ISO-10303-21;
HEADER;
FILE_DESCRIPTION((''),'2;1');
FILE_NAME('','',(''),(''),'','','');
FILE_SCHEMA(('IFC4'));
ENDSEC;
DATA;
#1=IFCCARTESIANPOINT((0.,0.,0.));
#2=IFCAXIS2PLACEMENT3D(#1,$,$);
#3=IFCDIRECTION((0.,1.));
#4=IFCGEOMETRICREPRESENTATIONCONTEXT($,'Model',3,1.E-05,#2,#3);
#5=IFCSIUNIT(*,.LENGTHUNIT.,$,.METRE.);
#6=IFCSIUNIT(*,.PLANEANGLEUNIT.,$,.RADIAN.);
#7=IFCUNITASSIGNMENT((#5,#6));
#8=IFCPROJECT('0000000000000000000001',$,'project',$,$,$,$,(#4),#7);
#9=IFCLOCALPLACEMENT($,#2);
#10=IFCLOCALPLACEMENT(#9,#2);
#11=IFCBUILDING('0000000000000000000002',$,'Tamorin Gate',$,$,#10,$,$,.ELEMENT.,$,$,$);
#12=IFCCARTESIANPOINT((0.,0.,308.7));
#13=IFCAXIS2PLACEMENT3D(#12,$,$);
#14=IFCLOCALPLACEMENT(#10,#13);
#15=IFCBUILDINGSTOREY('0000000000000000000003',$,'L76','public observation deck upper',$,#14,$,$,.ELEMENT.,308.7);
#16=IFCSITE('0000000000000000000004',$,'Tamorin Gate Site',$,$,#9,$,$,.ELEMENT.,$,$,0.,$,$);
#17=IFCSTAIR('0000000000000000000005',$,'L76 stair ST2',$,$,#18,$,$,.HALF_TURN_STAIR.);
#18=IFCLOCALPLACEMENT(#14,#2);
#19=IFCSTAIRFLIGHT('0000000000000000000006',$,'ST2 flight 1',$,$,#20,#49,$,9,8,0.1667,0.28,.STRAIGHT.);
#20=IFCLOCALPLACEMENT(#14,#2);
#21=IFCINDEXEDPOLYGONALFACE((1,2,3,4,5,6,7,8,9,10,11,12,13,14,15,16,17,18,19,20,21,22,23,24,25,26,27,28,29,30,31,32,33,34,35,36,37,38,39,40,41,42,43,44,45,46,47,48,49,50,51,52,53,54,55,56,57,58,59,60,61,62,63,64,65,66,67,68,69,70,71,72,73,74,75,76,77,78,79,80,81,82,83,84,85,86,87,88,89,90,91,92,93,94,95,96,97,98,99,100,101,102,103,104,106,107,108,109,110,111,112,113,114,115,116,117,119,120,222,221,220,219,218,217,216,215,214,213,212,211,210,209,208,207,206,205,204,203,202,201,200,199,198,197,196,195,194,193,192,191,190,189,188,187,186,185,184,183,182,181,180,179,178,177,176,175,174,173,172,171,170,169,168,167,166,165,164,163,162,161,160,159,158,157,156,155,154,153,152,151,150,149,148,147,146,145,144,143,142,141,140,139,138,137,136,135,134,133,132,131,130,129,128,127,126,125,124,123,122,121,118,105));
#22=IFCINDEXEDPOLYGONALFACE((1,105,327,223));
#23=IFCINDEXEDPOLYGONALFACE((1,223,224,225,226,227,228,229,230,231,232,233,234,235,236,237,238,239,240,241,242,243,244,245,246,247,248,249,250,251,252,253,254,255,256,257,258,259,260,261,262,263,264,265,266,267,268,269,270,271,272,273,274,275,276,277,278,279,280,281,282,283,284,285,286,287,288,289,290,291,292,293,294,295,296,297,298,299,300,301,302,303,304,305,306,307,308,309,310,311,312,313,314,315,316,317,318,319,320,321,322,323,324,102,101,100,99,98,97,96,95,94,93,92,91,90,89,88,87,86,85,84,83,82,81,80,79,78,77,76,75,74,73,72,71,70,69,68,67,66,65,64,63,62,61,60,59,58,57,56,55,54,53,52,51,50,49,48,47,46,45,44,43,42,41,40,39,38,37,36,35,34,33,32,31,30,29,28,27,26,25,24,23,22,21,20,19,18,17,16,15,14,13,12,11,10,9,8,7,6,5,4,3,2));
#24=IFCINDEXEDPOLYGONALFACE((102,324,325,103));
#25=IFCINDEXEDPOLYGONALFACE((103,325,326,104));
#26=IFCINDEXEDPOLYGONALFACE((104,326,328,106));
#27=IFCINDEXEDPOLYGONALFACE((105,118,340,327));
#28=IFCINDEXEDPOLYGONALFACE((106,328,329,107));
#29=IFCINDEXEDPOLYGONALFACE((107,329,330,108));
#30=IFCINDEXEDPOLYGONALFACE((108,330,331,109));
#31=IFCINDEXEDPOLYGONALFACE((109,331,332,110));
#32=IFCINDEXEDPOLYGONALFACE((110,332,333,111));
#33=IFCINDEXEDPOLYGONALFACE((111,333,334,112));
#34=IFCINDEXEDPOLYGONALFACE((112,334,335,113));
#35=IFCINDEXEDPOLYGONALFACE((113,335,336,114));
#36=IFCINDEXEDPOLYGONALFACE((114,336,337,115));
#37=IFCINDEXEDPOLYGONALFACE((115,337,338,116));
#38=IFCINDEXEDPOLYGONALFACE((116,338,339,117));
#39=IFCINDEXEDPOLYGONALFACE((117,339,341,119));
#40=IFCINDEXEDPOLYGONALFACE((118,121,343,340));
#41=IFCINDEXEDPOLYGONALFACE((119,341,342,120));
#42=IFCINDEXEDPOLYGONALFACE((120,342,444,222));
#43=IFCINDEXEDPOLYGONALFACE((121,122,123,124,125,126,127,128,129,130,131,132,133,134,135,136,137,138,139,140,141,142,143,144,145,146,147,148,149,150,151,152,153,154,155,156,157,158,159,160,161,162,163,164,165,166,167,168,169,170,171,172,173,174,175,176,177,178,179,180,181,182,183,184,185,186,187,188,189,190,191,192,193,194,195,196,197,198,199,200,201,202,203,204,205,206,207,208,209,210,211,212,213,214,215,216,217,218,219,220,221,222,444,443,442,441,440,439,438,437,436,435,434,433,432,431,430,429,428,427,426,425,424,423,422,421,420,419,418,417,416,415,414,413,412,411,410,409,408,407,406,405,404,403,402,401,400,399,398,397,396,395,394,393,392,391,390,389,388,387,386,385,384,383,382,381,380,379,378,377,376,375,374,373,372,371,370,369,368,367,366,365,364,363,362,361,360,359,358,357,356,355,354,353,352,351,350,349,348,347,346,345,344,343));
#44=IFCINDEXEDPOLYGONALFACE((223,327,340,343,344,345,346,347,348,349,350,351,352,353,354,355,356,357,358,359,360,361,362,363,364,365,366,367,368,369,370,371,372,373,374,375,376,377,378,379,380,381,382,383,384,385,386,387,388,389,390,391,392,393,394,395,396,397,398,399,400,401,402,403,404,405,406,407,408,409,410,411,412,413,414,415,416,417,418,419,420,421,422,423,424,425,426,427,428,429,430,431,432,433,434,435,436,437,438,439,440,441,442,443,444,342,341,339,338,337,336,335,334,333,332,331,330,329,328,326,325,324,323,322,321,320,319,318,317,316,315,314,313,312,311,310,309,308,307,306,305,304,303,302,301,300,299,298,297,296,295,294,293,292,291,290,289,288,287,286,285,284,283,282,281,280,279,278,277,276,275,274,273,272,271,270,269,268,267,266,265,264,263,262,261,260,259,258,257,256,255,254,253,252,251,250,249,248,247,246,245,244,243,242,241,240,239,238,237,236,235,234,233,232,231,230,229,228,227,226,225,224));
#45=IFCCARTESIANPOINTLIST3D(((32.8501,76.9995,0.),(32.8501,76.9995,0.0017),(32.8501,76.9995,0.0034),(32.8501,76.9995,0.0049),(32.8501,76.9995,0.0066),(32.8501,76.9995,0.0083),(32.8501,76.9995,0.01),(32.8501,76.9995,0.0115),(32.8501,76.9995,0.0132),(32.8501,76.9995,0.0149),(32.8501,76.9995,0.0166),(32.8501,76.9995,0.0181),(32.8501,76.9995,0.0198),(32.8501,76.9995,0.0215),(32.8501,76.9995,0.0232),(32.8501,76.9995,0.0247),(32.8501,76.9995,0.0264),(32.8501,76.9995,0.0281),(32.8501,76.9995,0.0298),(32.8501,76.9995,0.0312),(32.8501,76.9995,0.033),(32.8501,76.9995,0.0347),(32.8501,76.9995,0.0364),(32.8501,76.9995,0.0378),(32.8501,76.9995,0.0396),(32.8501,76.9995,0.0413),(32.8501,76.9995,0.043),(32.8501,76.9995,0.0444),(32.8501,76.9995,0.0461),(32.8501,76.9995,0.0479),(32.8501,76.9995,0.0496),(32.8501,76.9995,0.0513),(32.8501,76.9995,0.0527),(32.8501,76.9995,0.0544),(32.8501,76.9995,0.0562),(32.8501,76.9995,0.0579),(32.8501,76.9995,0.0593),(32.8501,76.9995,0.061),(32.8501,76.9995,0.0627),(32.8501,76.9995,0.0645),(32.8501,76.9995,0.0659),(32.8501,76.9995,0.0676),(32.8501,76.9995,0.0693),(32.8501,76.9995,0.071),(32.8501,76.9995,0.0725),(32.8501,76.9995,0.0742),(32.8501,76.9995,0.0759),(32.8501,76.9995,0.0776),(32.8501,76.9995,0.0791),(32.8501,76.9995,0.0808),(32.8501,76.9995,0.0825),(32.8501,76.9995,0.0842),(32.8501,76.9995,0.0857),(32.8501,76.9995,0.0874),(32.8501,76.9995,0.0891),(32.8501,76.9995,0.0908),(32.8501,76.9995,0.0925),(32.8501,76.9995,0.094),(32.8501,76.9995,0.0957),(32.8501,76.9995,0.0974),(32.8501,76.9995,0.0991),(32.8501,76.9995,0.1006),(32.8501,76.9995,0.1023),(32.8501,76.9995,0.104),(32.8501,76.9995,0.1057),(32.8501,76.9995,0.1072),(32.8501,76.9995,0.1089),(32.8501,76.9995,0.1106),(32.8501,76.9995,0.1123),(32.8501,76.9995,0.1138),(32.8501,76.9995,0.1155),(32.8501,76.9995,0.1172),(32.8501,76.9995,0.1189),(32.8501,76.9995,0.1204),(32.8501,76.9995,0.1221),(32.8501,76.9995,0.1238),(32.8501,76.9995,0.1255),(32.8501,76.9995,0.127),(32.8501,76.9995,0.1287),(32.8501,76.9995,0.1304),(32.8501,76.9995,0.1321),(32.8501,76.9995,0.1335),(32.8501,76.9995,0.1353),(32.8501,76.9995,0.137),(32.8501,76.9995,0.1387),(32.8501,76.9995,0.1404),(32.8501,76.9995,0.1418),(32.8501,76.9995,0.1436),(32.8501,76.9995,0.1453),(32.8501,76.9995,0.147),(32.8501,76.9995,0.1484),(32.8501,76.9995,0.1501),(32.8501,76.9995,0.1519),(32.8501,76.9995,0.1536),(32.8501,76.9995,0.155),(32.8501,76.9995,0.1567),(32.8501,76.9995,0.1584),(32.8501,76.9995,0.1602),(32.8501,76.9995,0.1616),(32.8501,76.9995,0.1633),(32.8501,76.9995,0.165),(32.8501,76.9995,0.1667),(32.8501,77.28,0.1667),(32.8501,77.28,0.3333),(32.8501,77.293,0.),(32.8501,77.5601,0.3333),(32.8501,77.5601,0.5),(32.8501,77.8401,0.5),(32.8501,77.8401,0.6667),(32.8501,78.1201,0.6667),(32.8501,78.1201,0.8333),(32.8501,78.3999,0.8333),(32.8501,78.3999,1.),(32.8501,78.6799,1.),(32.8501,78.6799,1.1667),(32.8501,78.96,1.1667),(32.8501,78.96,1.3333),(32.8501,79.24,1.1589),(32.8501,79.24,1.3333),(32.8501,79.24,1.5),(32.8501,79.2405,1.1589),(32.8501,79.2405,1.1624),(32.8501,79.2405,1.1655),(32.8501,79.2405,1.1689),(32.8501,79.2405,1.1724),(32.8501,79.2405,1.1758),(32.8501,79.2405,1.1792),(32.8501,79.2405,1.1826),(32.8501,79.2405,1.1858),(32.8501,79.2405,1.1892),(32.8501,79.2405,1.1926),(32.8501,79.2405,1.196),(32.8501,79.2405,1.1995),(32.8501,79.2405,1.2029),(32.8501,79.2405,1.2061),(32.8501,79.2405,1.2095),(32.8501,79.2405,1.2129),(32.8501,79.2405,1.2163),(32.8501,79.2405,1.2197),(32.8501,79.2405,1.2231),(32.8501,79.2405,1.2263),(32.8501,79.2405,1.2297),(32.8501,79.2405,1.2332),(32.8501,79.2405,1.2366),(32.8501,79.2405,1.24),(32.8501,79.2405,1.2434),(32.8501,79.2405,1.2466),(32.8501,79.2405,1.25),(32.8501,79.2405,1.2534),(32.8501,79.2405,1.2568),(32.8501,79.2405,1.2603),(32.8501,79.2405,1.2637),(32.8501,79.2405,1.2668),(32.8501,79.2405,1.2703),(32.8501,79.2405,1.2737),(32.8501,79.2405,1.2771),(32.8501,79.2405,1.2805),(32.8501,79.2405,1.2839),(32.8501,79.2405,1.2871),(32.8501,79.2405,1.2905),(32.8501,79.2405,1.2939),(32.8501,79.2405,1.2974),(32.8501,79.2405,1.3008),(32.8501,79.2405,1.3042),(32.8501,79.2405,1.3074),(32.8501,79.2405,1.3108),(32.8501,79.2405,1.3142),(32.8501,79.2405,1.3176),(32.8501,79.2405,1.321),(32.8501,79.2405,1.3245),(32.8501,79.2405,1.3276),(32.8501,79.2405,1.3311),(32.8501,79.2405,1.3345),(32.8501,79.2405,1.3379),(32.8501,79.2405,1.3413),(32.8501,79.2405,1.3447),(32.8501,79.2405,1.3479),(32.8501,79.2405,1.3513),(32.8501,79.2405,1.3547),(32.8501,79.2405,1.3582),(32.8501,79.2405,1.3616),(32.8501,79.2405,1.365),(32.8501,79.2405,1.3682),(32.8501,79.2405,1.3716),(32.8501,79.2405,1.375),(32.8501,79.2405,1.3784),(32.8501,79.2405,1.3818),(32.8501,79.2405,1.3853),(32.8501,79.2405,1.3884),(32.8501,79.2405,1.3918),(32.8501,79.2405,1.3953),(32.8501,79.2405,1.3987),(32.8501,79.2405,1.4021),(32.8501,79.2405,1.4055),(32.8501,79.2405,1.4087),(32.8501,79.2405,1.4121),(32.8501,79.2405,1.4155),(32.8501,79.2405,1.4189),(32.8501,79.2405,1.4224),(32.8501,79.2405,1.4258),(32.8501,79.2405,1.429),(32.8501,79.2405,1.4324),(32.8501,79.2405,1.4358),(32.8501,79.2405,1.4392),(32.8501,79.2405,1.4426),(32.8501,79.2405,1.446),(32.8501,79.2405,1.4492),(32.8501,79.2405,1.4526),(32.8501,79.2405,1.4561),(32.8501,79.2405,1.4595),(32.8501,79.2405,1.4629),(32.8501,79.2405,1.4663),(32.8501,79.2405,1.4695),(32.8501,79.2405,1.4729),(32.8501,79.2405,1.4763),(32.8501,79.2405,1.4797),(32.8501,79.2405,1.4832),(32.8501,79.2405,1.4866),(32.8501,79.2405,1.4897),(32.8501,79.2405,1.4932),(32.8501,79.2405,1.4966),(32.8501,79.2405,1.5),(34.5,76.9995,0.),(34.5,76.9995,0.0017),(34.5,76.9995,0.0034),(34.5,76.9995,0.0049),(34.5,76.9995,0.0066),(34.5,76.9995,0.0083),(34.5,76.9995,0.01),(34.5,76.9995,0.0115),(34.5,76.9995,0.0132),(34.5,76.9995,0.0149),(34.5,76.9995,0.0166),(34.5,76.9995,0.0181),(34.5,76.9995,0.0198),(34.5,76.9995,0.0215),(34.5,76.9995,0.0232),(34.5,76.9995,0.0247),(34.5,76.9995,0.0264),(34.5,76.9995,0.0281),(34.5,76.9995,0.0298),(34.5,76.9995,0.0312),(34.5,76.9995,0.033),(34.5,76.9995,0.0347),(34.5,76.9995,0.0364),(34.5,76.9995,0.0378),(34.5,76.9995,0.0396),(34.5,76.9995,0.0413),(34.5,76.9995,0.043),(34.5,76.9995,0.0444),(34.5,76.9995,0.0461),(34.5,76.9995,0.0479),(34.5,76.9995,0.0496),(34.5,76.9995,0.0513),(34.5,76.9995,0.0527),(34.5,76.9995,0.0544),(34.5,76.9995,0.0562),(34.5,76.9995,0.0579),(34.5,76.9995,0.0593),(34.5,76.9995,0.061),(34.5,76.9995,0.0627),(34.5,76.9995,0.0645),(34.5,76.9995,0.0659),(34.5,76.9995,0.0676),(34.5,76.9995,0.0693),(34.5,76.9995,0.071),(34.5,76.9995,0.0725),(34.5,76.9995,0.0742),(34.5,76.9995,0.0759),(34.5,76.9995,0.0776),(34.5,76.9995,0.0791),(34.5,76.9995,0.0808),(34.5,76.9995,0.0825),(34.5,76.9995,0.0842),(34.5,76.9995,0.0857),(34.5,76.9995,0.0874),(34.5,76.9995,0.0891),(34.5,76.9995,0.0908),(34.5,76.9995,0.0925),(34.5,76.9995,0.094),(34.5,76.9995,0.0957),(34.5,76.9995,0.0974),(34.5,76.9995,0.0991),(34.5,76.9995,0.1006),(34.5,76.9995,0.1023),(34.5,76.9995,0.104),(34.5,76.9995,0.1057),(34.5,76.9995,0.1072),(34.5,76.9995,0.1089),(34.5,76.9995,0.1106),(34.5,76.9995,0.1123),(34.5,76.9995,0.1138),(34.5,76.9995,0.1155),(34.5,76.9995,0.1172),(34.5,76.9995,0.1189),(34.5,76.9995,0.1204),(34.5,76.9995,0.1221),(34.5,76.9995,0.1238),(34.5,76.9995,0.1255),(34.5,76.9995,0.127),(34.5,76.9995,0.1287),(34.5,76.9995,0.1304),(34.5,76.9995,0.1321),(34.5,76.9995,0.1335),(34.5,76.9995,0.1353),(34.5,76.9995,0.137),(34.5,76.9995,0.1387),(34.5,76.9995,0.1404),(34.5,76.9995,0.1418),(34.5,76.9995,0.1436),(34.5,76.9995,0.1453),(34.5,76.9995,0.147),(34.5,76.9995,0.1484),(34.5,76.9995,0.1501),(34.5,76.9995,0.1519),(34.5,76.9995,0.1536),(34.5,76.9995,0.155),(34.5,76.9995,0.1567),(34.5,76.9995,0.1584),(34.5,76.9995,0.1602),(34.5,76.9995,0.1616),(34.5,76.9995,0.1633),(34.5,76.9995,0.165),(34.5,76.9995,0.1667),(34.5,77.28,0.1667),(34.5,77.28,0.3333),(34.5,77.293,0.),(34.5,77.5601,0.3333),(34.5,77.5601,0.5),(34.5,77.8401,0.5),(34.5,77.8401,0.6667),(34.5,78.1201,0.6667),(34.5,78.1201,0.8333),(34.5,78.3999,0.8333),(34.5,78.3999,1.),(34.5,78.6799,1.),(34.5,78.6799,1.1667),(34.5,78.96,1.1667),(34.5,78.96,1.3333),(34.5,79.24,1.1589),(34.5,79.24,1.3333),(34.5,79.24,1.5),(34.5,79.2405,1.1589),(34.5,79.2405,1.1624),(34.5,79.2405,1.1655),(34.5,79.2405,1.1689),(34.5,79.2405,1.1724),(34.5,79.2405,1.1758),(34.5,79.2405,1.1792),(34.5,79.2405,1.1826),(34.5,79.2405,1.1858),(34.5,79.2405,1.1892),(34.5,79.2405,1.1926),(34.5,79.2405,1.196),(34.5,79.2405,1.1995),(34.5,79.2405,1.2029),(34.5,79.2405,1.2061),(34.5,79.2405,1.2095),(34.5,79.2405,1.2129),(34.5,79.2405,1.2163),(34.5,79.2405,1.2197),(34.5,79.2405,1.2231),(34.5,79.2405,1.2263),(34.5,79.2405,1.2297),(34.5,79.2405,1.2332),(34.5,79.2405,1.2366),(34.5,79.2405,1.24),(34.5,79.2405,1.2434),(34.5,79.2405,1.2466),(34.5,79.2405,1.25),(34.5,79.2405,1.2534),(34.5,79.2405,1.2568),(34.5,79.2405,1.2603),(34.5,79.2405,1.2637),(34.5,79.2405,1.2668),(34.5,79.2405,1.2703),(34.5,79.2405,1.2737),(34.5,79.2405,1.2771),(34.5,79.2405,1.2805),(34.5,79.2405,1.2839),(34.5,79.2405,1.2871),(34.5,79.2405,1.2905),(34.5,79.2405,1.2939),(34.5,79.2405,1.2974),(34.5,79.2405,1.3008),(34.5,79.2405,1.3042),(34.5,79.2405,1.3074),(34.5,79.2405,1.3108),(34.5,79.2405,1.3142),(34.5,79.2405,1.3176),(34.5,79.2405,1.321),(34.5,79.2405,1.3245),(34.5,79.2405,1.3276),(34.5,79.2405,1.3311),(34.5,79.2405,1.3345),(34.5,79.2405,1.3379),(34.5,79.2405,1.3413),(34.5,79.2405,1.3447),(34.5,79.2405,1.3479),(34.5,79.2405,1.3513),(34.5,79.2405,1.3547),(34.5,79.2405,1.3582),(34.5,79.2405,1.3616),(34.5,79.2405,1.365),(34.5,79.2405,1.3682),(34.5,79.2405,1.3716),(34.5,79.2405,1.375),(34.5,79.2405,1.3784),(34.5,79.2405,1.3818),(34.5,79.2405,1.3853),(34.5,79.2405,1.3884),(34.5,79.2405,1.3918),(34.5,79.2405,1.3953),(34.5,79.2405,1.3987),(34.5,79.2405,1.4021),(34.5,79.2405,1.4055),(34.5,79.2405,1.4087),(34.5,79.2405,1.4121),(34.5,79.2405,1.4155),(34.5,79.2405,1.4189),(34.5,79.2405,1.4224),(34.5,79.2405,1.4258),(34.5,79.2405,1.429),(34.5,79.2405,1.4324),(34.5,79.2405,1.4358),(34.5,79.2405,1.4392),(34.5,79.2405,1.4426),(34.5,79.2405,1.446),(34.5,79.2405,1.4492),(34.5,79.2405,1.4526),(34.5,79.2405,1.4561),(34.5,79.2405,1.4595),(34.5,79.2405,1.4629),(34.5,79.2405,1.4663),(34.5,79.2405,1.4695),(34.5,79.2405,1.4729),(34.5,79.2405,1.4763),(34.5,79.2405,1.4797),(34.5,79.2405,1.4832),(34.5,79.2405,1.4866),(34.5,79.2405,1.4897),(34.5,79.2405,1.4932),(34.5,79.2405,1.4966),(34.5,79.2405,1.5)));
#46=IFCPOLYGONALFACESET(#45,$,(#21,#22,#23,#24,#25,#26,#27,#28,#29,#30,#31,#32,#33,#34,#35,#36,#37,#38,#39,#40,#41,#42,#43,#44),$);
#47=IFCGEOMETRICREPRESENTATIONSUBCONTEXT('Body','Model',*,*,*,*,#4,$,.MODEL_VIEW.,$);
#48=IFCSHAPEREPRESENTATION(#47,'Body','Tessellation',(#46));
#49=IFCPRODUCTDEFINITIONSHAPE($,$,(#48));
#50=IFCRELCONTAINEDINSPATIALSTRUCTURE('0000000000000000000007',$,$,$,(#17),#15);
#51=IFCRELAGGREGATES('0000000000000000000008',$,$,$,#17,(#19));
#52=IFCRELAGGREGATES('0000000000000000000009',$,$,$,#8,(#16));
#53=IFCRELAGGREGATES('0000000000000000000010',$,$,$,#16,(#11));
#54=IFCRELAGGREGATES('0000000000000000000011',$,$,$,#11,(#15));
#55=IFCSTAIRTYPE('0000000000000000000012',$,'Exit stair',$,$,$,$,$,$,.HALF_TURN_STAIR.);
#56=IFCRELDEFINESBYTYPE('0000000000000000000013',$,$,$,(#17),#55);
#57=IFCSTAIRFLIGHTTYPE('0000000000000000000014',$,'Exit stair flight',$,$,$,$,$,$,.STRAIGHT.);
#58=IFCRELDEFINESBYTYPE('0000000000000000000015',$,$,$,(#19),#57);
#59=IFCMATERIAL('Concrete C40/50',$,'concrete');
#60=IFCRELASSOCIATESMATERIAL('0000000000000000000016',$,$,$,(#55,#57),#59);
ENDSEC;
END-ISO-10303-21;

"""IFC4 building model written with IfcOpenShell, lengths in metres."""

from ifc_helpers import new_model, si_unit, direction, frame, origin, place, context, subcontext, project, spatial, polyline, outline, extrude, material, type_object, element, aggregate, save


model = new_model("IFC4")

# Units and contexts
model_context = context("Model", 3, precision=1e-05, world=origin(), true_north=direction((0.0, 1.0)))
body_context = subcontext(model_context, "Body", "Model", "MODEL_VIEW")
ifc_project = project(units=[si_unit("LENGTHUNIT", "METRE"), si_unit("PLANEANGLEUNIT", "RADIAN")], contexts=[model_context])

# Site, building, storey
site_placement = place(None, origin())
site = spatial("IfcSite", under=ifc_project, at=site_placement, Name="Tamorin Gate Site", CompositionType="ELEMENT", RefElevation=0.0)
building_placement = place(site_placement, origin())
building = spatial("IfcBuilding", under=site, at=building_placement, Name="Tamorin Gate", CompositionType="ELEMENT")
storey_placement = place(building_placement, frame((0.0, 0.0, 308.7)))
storey = spatial("IfcBuildingStorey", under=building, at=storey_placement, Name="L76", Description="public observation deck upper", CompositionType="ELEMENT", Elevation=308.7)

# Stair, stair flight
ifc_material_1 = material(Name="Concrete C40/50", Category="concrete")
stair_type = type_object("IfcStairType", Name="Exit stair", PredefinedType="HALF_TURN_STAIR", material=ifc_material_1)
stair_placement = place(storey_placement, origin())
stair = element("IfcStair", 1, at=stair_placement, inside=storey, type_object=stair_type, Name="L76 stair ST2", PredefinedType="HALF_TURN_STAIR")
stair_flight_type = type_object("IfcStairFlightType", Name="Exit stair flight", PredefinedType="STRAIGHT", material=ifc_material_1)
stair_flight_1_placement = place(storey_placement, frame((33.675, 77.0, 0.0), z_axis=(0.0, 0.0, 1.0), x_axis=(0.0, 1.0, 0.0)))
stair_flight_1 = element("IfcStairFlight", 2, at=stair_flight_1_placement, type_object=stair_flight_type, Name="ST2 flight 1", NumberOfRisers=9, NumberOfTreads=8, PredefinedType="STRAIGHT", RiserHeight=0.1667, TreadLength=0.28, context=body_context, shape_type="SweptSolid", body=[
    extrude(outline(polyline([(-0.0005, 0.0), (-0.0005, 0.0017), (-0.0005, 0.0034), (-0.0005, 0.0049), (-0.0005, 0.0066), (-0.0005, 0.0083), (-0.0005, 0.01), (-0.0005, 0.0115), (-0.0005, 0.0132), (-0.0005, 0.0149), (-0.0005, 0.0166), (-0.0005, 0.0181), (-0.0005, 0.0198), (-0.0005, 0.0215), (-0.0005, 0.0232), (-0.0005, 0.0247), (-0.0005, 0.0264), (-0.0005, 0.0281), (-0.0005, 0.0298), (-0.0005, 0.0312), (-0.0005, 0.033), (-0.0005, 0.0347), (-0.0005, 0.0364), (-0.0005, 0.0378), (-0.0005, 0.0396), (-0.0005, 0.0413), (-0.0005, 0.043), (-0.0005, 0.0444), (-0.0005, 0.0461), (-0.0005, 0.0479), (-0.0005, 0.0496), (-0.0005, 0.0513), (-0.0005, 0.0527), (-0.0005, 0.0544), (-0.0005, 0.0562), (-0.0005, 0.0579), (-0.0005, 0.0593), (-0.0005, 0.061), (-0.0005, 0.0627), (-0.0005, 0.0645), (-0.0005, 0.0659), (-0.0005, 0.0676), (-0.0005, 0.0693), (-0.0005, 0.071), (-0.0005, 0.0725), (-0.0005, 0.0742), (-0.0005, 0.0759), (-0.0005, 0.0776), (-0.0005, 0.0791), (-0.0005, 0.0808), (-0.0005, 0.0825), (-0.0005, 0.0842), (-0.0005, 0.0857), (-0.0005, 0.0874), (-0.0005, 0.0891), (-0.0005, 0.0908), (-0.0005, 0.0925), (-0.0005, 0.094), (-0.0005, 0.0957), (-0.0005, 0.0974), (-0.0005, 0.0991), (-0.0005, 0.1006), (-0.0005, 0.1023), (-0.0005, 0.104), (-0.0005, 0.1057), (-0.0005, 0.1072), (-0.0005, 0.1089), (-0.0005, 0.1106), (-0.0005, 0.1123), (-0.0005, 0.1138), (-0.0005, 0.1155), (-0.0005, 0.1172), (-0.0005, 0.1189), (-0.0005, 0.1204), (-0.0005, 0.1221), (-0.0005, 0.1238), (-0.0005, 0.1255), (-0.0005, 0.127), (-0.0005, 0.1287), (-0.0005, 0.1304), (-0.0005, 0.1321), (-0.0005, 0.1335), (-0.0005, 0.1353), (-0.0005, 0.137), (-0.0005, 0.1387), (-0.0005, 0.1404), (-0.0005, 0.1418), (-0.0005, 0.1436), (-0.0005, 0.1453), (-0.0005, 0.147), (-0.0005, 0.1484), (-0.0005, 0.1501), (-0.0005, 0.1519), (-0.0005, 0.1536), (-0.0005, 0.155), (-0.0005, 0.1567), (-0.0005, 0.1584), (-0.0005, 0.1602), (-0.0005, 0.1616), (-0.0005, 0.1633), (-0.0005, 0.165), (-0.0005, 0.1667), (0.28, 0.1667), (0.28, 0.3333), (0.5601, 0.3333), (0.5601, 0.5), (0.8401, 0.5), (0.8401, 0.6667), (1.1201, 0.6667), (1.1201, 0.8333), (1.3999, 0.8333), (1.3999, 1.0), (1.6799, 1.0), (1.6799, 1.1667), (1.96, 1.1667), (1.96, 1.3333), (2.24, 1.3333), (2.24, 1.5), (2.2405, 1.5), (2.2405, 1.4966), (2.2405, 1.4932), (2.2405, 1.4897), (2.2405, 1.4866), (2.2405, 1.4832), (2.2405, 1.4797), (2.2405, 1.4763), (2.2405, 1.4729), (2.2405, 1.4695), (2.2405, 1.4663), (2.2405, 1.4629), (2.2405, 1.4595), (2.2405, 1.4561), (2.2405, 1.4526), (2.2405, 1.4492), (2.2405, 1.446), (2.2405, 1.4426), (2.2405, 1.4392), (2.2405, 1.4358), (2.2405, 1.4324), (2.2405, 1.429), (2.2405, 1.4258), (2.2405, 1.4224), (2.2405, 1.4189), (2.2405, 1.4155), (2.2405, 1.4121), (2.2405, 1.4087), (2.2405, 1.4055), (2.2405, 1.4021), (2.2405, 1.3987), (2.2405, 1.3953), (2.2405, 1.3918), (2.2405, 1.3884), (2.2405, 1.3853), (2.2405, 1.3818), (2.2405, 1.3784), (2.2405, 1.375), (2.2405, 1.3716), (2.2405, 1.3682), (2.2405, 1.365), (2.2405, 1.3616), (2.2405, 1.3582), (2.2405, 1.3547), (2.2405, 1.3513), (2.2405, 1.3479), (2.2405, 1.3447), (2.2405, 1.3413), (2.2405, 1.3379), (2.2405, 1.3345), (2.2405, 1.3311), (2.2405, 1.3276), (2.2405, 1.3245), (2.2405, 1.321), (2.2405, 1.3176), (2.2405, 1.3142), (2.2405, 1.3108), (2.2405, 1.3074), (2.2405, 1.3042), (2.2405, 1.3008), (2.2405, 1.2974), (2.2405, 1.2939), (2.2405, 1.2905), (2.2405, 1.2871), (2.2405, 1.2839), (2.2405, 1.2805), (2.2405, 1.2771), (2.2405, 1.2737), (2.2405, 1.2703), (2.2405, 1.2668), (2.2405, 1.2637), (2.2405, 1.2603), (2.2405, 1.2568), (2.2405, 1.2534), (2.2405, 1.25), (2.2405, 1.2466), (2.2405, 1.2434), (2.2405, 1.24), (2.2405, 1.2366), (2.2405, 1.2332), (2.2405, 1.2297), (2.2405, 1.2263), (2.2405, 1.2231), (2.2405, 1.2197), (2.2405, 1.2163), (2.2405, 1.2129), (2.2405, 1.2095), (2.2405, 1.2061), (2.2405, 1.2029), (2.2405, 1.1995), (2.2405, 1.196), (2.2405, 1.1926), (2.2405, 1.1892), (2.2405, 1.1858), (2.2405, 1.1826), (2.2405, 1.1792), (2.2405, 1.1758), (2.2405, 1.1724), (2.2405, 1.1689), (2.2405, 1.1655), (2.2405, 1.1624), (2.2405, 1.1589), (2.24, 1.1589), (0.293, 0.0), (-0.0005, 0.0)])), frame((0.0, 0.825, 0.0), z_axis=(0.0, -1.0, 0.0), x_axis=(1.0, 0.0, 0.0)), (0.0, 0.0, 1.0), 1.6499),
])
aggregate(stair, [stair_flight_1])

save(model, "model.ifc")
